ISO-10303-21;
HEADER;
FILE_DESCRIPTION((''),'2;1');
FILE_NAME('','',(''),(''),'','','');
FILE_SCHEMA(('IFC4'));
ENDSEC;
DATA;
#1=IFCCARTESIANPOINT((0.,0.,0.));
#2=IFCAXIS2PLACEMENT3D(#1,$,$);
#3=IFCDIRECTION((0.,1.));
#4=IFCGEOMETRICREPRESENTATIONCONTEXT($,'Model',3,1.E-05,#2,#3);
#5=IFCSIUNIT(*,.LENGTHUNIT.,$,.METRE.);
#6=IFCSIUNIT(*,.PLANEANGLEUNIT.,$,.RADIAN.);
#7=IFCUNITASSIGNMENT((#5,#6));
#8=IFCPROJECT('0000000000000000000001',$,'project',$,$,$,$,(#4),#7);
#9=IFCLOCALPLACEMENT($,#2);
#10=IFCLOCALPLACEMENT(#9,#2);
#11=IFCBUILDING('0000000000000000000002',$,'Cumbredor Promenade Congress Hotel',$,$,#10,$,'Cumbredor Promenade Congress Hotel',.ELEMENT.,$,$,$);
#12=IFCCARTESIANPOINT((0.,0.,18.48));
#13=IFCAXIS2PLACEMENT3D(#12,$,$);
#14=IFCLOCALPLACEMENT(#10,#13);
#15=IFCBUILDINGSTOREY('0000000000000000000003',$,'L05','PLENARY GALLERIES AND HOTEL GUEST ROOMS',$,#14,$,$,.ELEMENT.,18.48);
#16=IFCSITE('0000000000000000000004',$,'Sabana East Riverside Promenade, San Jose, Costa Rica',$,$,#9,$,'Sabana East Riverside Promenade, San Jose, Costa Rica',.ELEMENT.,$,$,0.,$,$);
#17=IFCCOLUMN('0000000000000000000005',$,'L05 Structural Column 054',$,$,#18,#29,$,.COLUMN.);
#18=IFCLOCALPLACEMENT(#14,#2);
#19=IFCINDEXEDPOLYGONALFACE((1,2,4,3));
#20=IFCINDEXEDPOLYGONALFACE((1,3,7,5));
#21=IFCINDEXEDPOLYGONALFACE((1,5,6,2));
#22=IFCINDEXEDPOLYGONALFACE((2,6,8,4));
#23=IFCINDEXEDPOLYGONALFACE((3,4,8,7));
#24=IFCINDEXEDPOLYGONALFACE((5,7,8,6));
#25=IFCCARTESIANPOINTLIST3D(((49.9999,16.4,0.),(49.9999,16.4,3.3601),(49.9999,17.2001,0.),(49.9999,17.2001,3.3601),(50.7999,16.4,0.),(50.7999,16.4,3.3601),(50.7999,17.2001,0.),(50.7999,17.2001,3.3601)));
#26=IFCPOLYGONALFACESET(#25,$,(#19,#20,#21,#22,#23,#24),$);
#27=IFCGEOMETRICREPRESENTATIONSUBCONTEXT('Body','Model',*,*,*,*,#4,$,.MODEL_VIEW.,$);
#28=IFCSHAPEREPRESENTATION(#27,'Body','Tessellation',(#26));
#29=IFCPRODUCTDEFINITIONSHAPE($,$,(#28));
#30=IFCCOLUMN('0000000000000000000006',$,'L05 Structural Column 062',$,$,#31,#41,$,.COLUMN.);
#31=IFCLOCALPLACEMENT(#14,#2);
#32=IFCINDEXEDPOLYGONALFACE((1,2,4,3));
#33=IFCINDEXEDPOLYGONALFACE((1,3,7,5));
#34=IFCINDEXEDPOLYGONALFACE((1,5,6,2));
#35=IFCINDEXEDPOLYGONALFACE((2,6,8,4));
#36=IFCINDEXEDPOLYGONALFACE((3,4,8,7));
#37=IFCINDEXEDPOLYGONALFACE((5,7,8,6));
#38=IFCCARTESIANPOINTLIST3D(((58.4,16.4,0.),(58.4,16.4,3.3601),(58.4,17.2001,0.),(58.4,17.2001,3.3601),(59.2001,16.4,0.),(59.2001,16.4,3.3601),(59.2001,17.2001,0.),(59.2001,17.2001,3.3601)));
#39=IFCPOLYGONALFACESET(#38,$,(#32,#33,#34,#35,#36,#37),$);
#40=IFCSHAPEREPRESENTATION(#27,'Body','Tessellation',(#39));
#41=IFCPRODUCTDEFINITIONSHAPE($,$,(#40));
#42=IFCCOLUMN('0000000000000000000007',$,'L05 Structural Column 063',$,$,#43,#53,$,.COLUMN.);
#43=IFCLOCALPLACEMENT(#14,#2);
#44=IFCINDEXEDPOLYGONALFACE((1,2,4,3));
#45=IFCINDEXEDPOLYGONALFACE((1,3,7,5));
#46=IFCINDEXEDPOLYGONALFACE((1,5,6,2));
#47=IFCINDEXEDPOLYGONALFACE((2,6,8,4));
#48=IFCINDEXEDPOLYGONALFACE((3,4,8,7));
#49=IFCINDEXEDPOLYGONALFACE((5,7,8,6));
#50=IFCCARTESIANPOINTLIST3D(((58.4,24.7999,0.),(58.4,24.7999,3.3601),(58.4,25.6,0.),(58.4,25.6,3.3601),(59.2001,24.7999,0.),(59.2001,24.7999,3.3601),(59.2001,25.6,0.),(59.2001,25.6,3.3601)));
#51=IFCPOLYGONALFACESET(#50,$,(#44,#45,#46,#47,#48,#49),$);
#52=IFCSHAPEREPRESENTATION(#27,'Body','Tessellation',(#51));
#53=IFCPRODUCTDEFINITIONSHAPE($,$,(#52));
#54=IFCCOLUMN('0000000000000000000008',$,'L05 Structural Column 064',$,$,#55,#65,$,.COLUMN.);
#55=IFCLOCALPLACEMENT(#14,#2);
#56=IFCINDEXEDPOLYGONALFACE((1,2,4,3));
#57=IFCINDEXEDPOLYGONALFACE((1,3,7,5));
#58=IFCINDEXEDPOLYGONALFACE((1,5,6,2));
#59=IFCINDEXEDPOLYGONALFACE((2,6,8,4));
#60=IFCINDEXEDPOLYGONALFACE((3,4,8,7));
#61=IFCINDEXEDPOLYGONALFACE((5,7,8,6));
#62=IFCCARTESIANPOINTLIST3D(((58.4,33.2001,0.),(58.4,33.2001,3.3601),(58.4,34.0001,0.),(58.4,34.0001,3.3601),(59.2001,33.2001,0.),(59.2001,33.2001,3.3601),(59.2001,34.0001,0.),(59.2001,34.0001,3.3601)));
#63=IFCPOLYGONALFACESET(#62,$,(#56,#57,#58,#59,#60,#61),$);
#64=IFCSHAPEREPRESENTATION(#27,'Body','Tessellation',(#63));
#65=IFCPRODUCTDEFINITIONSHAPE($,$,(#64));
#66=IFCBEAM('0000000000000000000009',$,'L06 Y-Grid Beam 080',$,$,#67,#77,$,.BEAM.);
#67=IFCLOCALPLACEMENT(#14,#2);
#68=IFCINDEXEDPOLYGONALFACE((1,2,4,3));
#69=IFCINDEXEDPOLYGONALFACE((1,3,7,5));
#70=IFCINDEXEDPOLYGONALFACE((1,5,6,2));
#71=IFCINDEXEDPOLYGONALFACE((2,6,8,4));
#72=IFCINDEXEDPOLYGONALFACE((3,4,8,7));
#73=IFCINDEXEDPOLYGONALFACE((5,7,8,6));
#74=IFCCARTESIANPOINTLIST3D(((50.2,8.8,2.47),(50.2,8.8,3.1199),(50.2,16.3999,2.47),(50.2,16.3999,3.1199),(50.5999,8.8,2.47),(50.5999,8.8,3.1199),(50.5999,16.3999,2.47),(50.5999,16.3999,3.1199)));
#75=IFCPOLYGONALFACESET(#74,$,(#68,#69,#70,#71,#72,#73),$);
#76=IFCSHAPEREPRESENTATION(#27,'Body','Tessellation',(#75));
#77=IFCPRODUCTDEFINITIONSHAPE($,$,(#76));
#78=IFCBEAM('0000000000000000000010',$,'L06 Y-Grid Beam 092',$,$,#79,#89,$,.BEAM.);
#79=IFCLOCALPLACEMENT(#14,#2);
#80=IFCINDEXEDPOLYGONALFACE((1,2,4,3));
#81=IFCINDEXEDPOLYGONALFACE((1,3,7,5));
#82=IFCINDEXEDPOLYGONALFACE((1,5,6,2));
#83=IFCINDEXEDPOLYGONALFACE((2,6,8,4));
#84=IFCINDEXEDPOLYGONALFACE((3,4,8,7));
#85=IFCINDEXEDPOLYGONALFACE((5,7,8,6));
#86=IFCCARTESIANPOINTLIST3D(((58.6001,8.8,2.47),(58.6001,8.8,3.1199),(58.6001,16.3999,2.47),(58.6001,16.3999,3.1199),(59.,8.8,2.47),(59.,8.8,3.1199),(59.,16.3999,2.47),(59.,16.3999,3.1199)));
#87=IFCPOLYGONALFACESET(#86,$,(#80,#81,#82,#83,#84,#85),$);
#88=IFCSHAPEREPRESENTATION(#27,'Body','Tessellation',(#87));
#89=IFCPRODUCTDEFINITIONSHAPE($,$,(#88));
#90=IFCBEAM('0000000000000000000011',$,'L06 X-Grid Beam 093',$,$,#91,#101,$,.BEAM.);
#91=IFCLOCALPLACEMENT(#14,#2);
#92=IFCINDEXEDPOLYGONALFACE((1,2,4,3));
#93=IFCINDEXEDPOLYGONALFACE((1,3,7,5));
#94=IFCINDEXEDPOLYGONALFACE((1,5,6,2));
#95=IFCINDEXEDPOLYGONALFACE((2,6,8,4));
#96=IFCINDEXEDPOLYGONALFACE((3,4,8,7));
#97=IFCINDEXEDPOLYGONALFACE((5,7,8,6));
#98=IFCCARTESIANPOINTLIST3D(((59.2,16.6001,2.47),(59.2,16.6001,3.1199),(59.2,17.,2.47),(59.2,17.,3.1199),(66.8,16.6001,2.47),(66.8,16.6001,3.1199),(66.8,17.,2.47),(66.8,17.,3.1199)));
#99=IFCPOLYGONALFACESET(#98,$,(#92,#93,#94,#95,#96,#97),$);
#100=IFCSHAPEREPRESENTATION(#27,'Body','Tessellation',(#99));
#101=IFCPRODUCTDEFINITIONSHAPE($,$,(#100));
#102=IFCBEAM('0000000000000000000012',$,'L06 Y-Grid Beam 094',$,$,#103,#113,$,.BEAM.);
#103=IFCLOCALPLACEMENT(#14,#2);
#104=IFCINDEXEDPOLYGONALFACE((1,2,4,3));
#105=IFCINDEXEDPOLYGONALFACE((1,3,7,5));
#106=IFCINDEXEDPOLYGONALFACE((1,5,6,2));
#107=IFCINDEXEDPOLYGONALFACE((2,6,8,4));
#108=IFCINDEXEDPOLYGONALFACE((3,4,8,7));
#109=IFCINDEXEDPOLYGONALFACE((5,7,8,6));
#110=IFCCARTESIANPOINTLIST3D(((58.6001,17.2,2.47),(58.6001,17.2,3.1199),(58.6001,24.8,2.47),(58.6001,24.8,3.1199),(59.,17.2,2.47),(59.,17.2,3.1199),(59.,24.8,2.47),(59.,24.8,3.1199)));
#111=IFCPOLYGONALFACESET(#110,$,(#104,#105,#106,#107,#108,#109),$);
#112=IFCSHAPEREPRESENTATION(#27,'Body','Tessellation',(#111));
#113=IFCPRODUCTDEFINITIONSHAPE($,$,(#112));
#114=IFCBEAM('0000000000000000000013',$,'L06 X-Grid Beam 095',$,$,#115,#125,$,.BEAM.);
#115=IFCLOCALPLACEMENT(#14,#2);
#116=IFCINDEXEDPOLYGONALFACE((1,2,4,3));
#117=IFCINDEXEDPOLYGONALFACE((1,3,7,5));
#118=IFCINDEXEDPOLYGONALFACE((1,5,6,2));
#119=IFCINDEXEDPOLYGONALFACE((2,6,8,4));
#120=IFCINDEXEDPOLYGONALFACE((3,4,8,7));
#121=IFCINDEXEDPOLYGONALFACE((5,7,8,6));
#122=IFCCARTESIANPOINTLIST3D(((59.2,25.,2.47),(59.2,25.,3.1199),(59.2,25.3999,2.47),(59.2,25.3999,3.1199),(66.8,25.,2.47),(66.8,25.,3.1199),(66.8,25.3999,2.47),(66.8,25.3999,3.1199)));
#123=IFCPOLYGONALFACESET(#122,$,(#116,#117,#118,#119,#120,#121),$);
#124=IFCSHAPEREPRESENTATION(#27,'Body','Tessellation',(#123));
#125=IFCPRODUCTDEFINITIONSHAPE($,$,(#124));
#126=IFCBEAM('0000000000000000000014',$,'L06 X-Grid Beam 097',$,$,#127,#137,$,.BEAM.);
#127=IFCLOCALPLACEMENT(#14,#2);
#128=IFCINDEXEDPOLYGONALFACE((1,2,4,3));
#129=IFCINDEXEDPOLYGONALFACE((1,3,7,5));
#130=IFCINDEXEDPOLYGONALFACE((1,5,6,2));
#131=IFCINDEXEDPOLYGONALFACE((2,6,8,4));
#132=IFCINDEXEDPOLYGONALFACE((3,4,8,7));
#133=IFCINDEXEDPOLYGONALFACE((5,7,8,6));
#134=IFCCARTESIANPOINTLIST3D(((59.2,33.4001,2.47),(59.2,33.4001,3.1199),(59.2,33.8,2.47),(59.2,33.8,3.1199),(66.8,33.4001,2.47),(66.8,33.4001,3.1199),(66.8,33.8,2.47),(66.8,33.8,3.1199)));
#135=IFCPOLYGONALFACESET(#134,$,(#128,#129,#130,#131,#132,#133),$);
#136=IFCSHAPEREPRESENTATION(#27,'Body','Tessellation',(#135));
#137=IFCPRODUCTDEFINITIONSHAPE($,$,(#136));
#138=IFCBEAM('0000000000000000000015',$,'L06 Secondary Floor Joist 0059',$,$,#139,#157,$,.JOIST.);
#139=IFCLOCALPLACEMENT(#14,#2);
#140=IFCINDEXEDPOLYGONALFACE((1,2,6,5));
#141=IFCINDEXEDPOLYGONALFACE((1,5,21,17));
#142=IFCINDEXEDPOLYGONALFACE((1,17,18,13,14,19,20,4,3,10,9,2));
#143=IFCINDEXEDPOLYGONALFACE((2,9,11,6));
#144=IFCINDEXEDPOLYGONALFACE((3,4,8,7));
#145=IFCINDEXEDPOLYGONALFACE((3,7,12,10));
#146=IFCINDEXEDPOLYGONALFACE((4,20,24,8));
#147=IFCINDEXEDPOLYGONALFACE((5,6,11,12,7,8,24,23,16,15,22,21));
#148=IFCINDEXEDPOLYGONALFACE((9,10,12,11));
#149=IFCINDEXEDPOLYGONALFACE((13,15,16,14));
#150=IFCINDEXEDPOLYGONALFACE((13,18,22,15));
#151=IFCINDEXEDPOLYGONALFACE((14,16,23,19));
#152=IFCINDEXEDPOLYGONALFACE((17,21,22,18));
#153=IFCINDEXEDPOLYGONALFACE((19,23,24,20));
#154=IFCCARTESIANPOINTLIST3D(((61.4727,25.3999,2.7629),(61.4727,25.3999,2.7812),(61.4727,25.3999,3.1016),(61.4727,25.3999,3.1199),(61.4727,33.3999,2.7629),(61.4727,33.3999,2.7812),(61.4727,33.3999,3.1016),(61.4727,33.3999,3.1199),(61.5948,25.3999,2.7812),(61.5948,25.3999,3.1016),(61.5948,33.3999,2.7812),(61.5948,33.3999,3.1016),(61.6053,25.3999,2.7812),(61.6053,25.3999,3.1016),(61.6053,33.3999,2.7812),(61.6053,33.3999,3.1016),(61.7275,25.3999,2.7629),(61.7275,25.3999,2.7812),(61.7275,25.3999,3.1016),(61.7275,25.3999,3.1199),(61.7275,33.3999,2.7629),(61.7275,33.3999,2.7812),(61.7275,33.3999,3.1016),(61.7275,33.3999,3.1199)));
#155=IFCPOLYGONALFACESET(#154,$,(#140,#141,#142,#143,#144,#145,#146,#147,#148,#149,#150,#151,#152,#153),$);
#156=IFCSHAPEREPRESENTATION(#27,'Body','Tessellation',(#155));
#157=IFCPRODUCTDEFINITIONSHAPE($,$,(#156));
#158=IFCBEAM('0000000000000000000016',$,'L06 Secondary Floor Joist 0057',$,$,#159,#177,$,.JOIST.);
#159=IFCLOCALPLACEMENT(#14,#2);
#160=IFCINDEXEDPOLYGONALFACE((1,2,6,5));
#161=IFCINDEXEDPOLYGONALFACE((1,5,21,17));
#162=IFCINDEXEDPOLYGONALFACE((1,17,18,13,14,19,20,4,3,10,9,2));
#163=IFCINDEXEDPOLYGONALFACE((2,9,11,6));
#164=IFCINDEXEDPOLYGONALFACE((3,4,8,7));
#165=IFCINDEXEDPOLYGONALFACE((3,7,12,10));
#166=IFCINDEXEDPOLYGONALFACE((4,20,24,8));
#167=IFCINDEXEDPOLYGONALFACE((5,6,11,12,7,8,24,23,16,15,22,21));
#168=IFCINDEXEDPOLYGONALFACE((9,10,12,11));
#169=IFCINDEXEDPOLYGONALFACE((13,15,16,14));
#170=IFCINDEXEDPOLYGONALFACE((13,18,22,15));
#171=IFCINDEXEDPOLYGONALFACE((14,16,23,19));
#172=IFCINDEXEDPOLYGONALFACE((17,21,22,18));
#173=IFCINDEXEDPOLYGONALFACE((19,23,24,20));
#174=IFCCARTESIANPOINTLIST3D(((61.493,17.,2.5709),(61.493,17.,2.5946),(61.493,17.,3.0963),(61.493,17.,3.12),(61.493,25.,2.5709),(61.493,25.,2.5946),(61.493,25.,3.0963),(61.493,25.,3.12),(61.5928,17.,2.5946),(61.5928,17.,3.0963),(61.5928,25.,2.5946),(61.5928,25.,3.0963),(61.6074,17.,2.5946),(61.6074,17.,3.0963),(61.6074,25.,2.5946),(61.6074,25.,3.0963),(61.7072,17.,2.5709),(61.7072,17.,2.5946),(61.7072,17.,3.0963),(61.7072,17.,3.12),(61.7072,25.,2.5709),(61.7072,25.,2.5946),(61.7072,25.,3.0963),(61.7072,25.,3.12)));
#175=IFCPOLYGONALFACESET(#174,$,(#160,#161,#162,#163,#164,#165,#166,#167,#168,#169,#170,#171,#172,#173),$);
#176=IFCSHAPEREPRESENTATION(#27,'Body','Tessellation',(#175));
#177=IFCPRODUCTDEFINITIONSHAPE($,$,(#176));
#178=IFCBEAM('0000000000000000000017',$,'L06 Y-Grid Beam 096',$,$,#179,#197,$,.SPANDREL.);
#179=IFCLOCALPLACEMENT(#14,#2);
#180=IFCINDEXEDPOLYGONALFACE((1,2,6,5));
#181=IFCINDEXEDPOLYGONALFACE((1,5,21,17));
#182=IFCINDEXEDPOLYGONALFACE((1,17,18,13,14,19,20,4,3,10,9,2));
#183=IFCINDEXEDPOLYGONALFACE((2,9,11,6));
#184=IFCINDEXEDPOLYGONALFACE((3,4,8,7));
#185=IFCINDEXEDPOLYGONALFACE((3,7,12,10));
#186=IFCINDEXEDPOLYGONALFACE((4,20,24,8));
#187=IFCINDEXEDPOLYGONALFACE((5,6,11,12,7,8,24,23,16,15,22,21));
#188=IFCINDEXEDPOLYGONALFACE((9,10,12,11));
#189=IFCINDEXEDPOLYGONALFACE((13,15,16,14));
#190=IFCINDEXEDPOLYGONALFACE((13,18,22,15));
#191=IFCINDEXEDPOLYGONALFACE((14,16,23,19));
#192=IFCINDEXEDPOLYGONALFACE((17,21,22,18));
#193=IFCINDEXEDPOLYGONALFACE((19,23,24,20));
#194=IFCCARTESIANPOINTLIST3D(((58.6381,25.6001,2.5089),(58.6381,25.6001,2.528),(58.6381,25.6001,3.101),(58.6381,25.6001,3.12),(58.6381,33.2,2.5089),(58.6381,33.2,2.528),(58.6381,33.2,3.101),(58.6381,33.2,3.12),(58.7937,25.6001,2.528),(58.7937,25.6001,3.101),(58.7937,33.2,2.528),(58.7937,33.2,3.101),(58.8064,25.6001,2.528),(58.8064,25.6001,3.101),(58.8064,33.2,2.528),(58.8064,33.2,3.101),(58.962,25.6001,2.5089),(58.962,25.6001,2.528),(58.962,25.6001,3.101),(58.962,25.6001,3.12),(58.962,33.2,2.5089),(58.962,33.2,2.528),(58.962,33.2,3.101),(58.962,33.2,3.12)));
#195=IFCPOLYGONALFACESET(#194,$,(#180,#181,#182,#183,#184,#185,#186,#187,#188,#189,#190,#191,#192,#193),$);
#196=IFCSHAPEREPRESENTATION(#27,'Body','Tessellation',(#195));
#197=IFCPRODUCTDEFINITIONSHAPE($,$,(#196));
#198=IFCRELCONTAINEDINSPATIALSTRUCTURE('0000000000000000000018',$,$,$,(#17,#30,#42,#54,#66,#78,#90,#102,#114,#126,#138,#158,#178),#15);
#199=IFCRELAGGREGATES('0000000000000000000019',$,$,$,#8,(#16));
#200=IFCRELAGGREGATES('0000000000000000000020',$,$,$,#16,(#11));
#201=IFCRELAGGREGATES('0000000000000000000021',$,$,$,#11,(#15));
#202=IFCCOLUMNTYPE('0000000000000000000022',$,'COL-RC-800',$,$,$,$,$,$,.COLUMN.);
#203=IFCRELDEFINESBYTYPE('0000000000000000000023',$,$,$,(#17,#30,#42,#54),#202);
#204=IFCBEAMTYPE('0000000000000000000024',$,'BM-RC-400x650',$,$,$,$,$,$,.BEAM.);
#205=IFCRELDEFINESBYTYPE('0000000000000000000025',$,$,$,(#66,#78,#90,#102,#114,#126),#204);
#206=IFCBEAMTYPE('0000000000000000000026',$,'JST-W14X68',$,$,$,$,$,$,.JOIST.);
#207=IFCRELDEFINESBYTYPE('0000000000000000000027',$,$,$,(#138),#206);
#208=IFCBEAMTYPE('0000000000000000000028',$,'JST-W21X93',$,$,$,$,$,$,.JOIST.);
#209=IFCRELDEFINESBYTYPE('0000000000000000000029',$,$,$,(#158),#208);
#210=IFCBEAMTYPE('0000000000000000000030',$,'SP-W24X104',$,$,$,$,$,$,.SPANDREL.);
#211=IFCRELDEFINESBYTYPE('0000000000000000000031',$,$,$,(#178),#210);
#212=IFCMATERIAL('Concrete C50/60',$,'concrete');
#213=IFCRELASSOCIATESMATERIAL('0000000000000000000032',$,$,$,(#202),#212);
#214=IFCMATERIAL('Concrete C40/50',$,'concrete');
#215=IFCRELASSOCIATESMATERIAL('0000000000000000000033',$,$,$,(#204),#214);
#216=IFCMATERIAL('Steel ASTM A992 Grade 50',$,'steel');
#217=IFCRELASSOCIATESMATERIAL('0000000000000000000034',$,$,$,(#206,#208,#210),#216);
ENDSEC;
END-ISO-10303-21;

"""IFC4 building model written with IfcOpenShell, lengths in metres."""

from ifc_helpers import new_model, si_unit, direction, frame, origin, origin_2d, place, context, subcontext, project, spatial, rectangle, i_section, extrude, material, material_profile, profile_set, type_object, element, save


model = new_model("IFC4")

# Units and contexts
model_context = context("Model", 3, precision=1e-05, world=origin(), true_north=direction((0.0, 1.0)))
body_context = subcontext(model_context, "Body", "Model", "MODEL_VIEW")
ifc_project = project(units=[si_unit("LENGTHUNIT", "METRE"), si_unit("PLANEANGLEUNIT", "RADIAN")], contexts=[model_context])

# Site, building, storey
site_placement = place(None, origin())
site = spatial("IfcSite", under=ifc_project, at=site_placement, Name="Sabana East Riverside Promenade, San Jose, Costa Rica", LongName="Sabana East Riverside Promenade, San Jose, Costa Rica", CompositionType="ELEMENT", RefElevation=0.0)
building_placement = place(site_placement, origin())
building = spatial("IfcBuilding", under=site, at=building_placement, Name="Cumbredor Promenade Congress Hotel", LongName="Cumbredor Promenade Congress Hotel", CompositionType="ELEMENT")
storey_placement = place(building_placement, frame((0.0, 0.0, 18.48)))
storey = spatial("IfcBuildingStorey", under=building, at=storey_placement, Name="L05", Description="PLENARY GALLERIES AND HOTEL GUEST ROOMS", CompositionType="ELEMENT", Elevation=18.48)

# Columns
ifc_material_1 = material(Name="Concrete C50/60", Category="concrete")
ifc_material_profile_1 = material_profile(ifc_material_1, rectangle(XDim=0.8, YDim=0.8, at=origin_2d()), Name="RC 800x800")
ifc_profile_set_1 = profile_set([ifc_material_profile_1], Name="Concrete C50/60")
column_type = type_object("IfcColumnType", Name="COL-RC-800", PredefinedType="COLUMN", material=ifc_profile_set_1)
for number, where, z_axis, x_axis, name in (
    (1, (50.3999, 16.8, 0.0), (0.0, 0.0, 1.0), (1.0, 0.0, 0.0), "L05 Structural Column 054"),
    (2, (58.8, 16.8, 0.0), (0.0, 0.0, 1.0), (1.0, 0.0, 0.0), "L05 Structural Column 062"),
    (3, (58.8, 25.2, 0.0), (0.0, 0.0, 1.0), (1.0, 0.0, 0.0), "L05 Structural Column 063"),
    (4, (58.8, 33.6001, 0.0), (0.0, 0.0, 1.0), (1.0, 0.0, 0.0), "L05 Structural Column 064"),
):
    element("IfcColumn", number, at=place(storey_placement, frame(where, z_axis=z_axis, x_axis=x_axis)), inside=storey, type_object=column_type, Name=name, PredefinedType="COLUMN", context=body_context, shape_type="SweptSolid", body=[
        extrude(rectangle(XDim=0.8, YDim=0.8, at=origin_2d()), origin(), (0.0, 0.0, 1.0), 3.3601),
    ])

# Beams
ifc_material_2 = material(Name="Concrete C40/50", Category="concrete")
ifc_material_profile_2 = material_profile(ifc_material_2, rectangle(XDim=0.3999, YDim=0.6499, at=origin_2d()), Name="RC BEAM 400x650")
ifc_profile_set_2 = profile_set([ifc_material_profile_2], Name="Concrete C40/50")
beam_type_1 = type_object("IfcBeamType", Name="BM-RC-400x650", PredefinedType="BEAM", material=ifc_profile_set_2)
for number, where, z_axis, x_axis, name in (
    (5, (50.3999, 8.8, 2.7949), (0.0, 1.0, 0.0), (-1.0, 0.0, 0.0), "L06 Y-Grid Beam 080"),
    (6, (58.8, 8.8, 2.7949), (0.0, 1.0, 0.0), (-1.0, 0.0, 0.0), "L06 Y-Grid Beam 092"),
):
    element("IfcBeam", number, at=place(storey_placement, frame(where, z_axis=z_axis, x_axis=x_axis)), inside=storey, type_object=beam_type_1, Name=name, PredefinedType="BEAM", context=body_context, shape_type="SweptSolid", body=[
        extrude(rectangle(XDim=0.3999, YDim=0.6499, at=origin_2d()), origin(), (0.0, 0.0, 1.0), 7.5999),
    ])
for number, where, z_axis, x_axis, name in (
    (7, (59.2, 16.8, 2.7949), (1.0, 0.0, 0.0), (0.0, 1.0, 0.0), "L06 X-Grid Beam 093"),
    (8, (58.8, 17.2, 2.7949), (0.0, 1.0, 0.0), (-1.0, 0.0, 0.0), "L06 Y-Grid Beam 094"),
    (9, (59.2, 25.2, 2.7949), (1.0, 0.0, 0.0), (0.0, 1.0, 0.0), "L06 X-Grid Beam 095"),
    (10, (59.2, 33.6001, 2.7949), (1.0, 0.0, 0.0), (0.0, 1.0, 0.0), "L06 X-Grid Beam 097"),
):
    element("IfcBeam", number, at=place(storey_placement, frame(where, z_axis=z_axis, x_axis=x_axis)), inside=storey, type_object=beam_type_1, Name=name, PredefinedType="BEAM", context=body_context, shape_type="SweptSolid", body=[
        extrude(rectangle(XDim=0.3999, YDim=0.6499, at=origin_2d()), origin(), (0.0, 0.0, 1.0), 7.6001),
    ])
ifc_material_3 = material(Name="Steel ASTM A992 Grade 50", Category="steel")
ifc_material_profile_3 = material_profile(ifc_material_3, i_section(OverallWidth=0.2549, OverallDepth=0.3569, WebThickness=0.0105, FlangeThickness=0.0183, at=origin_2d()), Name="W14X68")
ifc_profile_set_3 = profile_set([ifc_material_profile_3], Name="Steel ASTM A992 Grade 50")
beam_type_2 = type_object("IfcBeamType", Name="JST-W14X68", PredefinedType="JOIST", material=ifc_profile_set_3)
beam_1_placement = place(storey_placement, frame((61.6001, 25.3999, 2.9414), z_axis=(0.0, 1.0, 0.0), x_axis=(-1.0, 0.0, 0.0)))
element("IfcBeam", 11, at=beam_1_placement, inside=storey, type_object=beam_type_2, Name="L06 Secondary Floor Joist 0059", PredefinedType="JOIST", context=body_context, shape_type="SweptSolid", body=[
    extrude(i_section(OverallWidth=0.2549, OverallDepth=0.3569, WebThickness=0.0105, FlangeThickness=0.0183, at=origin_2d()), origin(), (0.0, 0.0, 1.0), 8.0),
])
ifc_material_profile_4 = material_profile(ifc_material_3, i_section(OverallWidth=0.2141, OverallDepth=0.5491, WebThickness=0.0146, FlangeThickness=0.0237, at=origin_2d()), Name="W21X93")
ifc_profile_set_4 = profile_set([ifc_material_profile_4], Name="Steel ASTM A992 Grade 50")
beam_type_3 = type_object("IfcBeamType", Name="JST-W21X93", PredefinedType="JOIST", material=ifc_profile_set_4)
beam_2_placement = place(storey_placement, frame((61.6001, 17.0, 2.8455), z_axis=(0.0, 1.0, 0.0), x_axis=(-1.0, 0.0, 0.0)))
element("IfcBeam", 12, at=beam_2_placement, inside=storey, type_object=beam_type_3, Name="L06 Secondary Floor Joist 0057", PredefinedType="JOIST", context=body_context, shape_type="SweptSolid", body=[
    extrude(i_section(OverallWidth=0.2141, OverallDepth=0.5491, WebThickness=0.0146, FlangeThickness=0.0237, at=origin_2d()), origin(), (0.0, 0.0, 1.0), 8.0),
])
ifc_material_profile_5 = material_profile(ifc_material_3, i_section(OverallWidth=0.324, OverallDepth=0.6111, WebThickness=0.0127, FlangeThickness=0.019, at=origin_2d()), Name="W24X104")
ifc_profile_set_5 = profile_set([ifc_material_profile_5], Name="Steel ASTM A992 Grade 50")
beam_type_4 = type_object("IfcBeamType", Name="SP-W24X104", PredefinedType="SPANDREL", material=ifc_profile_set_5)
beam_3_placement = place(storey_placement, frame((58.8, 25.6001, 2.8145), z_axis=(0.0, 1.0, 0.0), x_axis=(-1.0, 0.0, 0.0)))
element("IfcBeam", 13, at=beam_3_placement, inside=storey, type_object=beam_type_4, Name="L06 Y-Grid Beam 096", PredefinedType="SPANDREL", context=body_context, shape_type="SweptSolid", body=[
    extrude(i_section(OverallWidth=0.324, OverallDepth=0.6111, WebThickness=0.0127, FlangeThickness=0.019, at=origin_2d()), origin(), (0.0, 0.0, 1.0), 7.5999),
])

save(model, "model.ifc")
